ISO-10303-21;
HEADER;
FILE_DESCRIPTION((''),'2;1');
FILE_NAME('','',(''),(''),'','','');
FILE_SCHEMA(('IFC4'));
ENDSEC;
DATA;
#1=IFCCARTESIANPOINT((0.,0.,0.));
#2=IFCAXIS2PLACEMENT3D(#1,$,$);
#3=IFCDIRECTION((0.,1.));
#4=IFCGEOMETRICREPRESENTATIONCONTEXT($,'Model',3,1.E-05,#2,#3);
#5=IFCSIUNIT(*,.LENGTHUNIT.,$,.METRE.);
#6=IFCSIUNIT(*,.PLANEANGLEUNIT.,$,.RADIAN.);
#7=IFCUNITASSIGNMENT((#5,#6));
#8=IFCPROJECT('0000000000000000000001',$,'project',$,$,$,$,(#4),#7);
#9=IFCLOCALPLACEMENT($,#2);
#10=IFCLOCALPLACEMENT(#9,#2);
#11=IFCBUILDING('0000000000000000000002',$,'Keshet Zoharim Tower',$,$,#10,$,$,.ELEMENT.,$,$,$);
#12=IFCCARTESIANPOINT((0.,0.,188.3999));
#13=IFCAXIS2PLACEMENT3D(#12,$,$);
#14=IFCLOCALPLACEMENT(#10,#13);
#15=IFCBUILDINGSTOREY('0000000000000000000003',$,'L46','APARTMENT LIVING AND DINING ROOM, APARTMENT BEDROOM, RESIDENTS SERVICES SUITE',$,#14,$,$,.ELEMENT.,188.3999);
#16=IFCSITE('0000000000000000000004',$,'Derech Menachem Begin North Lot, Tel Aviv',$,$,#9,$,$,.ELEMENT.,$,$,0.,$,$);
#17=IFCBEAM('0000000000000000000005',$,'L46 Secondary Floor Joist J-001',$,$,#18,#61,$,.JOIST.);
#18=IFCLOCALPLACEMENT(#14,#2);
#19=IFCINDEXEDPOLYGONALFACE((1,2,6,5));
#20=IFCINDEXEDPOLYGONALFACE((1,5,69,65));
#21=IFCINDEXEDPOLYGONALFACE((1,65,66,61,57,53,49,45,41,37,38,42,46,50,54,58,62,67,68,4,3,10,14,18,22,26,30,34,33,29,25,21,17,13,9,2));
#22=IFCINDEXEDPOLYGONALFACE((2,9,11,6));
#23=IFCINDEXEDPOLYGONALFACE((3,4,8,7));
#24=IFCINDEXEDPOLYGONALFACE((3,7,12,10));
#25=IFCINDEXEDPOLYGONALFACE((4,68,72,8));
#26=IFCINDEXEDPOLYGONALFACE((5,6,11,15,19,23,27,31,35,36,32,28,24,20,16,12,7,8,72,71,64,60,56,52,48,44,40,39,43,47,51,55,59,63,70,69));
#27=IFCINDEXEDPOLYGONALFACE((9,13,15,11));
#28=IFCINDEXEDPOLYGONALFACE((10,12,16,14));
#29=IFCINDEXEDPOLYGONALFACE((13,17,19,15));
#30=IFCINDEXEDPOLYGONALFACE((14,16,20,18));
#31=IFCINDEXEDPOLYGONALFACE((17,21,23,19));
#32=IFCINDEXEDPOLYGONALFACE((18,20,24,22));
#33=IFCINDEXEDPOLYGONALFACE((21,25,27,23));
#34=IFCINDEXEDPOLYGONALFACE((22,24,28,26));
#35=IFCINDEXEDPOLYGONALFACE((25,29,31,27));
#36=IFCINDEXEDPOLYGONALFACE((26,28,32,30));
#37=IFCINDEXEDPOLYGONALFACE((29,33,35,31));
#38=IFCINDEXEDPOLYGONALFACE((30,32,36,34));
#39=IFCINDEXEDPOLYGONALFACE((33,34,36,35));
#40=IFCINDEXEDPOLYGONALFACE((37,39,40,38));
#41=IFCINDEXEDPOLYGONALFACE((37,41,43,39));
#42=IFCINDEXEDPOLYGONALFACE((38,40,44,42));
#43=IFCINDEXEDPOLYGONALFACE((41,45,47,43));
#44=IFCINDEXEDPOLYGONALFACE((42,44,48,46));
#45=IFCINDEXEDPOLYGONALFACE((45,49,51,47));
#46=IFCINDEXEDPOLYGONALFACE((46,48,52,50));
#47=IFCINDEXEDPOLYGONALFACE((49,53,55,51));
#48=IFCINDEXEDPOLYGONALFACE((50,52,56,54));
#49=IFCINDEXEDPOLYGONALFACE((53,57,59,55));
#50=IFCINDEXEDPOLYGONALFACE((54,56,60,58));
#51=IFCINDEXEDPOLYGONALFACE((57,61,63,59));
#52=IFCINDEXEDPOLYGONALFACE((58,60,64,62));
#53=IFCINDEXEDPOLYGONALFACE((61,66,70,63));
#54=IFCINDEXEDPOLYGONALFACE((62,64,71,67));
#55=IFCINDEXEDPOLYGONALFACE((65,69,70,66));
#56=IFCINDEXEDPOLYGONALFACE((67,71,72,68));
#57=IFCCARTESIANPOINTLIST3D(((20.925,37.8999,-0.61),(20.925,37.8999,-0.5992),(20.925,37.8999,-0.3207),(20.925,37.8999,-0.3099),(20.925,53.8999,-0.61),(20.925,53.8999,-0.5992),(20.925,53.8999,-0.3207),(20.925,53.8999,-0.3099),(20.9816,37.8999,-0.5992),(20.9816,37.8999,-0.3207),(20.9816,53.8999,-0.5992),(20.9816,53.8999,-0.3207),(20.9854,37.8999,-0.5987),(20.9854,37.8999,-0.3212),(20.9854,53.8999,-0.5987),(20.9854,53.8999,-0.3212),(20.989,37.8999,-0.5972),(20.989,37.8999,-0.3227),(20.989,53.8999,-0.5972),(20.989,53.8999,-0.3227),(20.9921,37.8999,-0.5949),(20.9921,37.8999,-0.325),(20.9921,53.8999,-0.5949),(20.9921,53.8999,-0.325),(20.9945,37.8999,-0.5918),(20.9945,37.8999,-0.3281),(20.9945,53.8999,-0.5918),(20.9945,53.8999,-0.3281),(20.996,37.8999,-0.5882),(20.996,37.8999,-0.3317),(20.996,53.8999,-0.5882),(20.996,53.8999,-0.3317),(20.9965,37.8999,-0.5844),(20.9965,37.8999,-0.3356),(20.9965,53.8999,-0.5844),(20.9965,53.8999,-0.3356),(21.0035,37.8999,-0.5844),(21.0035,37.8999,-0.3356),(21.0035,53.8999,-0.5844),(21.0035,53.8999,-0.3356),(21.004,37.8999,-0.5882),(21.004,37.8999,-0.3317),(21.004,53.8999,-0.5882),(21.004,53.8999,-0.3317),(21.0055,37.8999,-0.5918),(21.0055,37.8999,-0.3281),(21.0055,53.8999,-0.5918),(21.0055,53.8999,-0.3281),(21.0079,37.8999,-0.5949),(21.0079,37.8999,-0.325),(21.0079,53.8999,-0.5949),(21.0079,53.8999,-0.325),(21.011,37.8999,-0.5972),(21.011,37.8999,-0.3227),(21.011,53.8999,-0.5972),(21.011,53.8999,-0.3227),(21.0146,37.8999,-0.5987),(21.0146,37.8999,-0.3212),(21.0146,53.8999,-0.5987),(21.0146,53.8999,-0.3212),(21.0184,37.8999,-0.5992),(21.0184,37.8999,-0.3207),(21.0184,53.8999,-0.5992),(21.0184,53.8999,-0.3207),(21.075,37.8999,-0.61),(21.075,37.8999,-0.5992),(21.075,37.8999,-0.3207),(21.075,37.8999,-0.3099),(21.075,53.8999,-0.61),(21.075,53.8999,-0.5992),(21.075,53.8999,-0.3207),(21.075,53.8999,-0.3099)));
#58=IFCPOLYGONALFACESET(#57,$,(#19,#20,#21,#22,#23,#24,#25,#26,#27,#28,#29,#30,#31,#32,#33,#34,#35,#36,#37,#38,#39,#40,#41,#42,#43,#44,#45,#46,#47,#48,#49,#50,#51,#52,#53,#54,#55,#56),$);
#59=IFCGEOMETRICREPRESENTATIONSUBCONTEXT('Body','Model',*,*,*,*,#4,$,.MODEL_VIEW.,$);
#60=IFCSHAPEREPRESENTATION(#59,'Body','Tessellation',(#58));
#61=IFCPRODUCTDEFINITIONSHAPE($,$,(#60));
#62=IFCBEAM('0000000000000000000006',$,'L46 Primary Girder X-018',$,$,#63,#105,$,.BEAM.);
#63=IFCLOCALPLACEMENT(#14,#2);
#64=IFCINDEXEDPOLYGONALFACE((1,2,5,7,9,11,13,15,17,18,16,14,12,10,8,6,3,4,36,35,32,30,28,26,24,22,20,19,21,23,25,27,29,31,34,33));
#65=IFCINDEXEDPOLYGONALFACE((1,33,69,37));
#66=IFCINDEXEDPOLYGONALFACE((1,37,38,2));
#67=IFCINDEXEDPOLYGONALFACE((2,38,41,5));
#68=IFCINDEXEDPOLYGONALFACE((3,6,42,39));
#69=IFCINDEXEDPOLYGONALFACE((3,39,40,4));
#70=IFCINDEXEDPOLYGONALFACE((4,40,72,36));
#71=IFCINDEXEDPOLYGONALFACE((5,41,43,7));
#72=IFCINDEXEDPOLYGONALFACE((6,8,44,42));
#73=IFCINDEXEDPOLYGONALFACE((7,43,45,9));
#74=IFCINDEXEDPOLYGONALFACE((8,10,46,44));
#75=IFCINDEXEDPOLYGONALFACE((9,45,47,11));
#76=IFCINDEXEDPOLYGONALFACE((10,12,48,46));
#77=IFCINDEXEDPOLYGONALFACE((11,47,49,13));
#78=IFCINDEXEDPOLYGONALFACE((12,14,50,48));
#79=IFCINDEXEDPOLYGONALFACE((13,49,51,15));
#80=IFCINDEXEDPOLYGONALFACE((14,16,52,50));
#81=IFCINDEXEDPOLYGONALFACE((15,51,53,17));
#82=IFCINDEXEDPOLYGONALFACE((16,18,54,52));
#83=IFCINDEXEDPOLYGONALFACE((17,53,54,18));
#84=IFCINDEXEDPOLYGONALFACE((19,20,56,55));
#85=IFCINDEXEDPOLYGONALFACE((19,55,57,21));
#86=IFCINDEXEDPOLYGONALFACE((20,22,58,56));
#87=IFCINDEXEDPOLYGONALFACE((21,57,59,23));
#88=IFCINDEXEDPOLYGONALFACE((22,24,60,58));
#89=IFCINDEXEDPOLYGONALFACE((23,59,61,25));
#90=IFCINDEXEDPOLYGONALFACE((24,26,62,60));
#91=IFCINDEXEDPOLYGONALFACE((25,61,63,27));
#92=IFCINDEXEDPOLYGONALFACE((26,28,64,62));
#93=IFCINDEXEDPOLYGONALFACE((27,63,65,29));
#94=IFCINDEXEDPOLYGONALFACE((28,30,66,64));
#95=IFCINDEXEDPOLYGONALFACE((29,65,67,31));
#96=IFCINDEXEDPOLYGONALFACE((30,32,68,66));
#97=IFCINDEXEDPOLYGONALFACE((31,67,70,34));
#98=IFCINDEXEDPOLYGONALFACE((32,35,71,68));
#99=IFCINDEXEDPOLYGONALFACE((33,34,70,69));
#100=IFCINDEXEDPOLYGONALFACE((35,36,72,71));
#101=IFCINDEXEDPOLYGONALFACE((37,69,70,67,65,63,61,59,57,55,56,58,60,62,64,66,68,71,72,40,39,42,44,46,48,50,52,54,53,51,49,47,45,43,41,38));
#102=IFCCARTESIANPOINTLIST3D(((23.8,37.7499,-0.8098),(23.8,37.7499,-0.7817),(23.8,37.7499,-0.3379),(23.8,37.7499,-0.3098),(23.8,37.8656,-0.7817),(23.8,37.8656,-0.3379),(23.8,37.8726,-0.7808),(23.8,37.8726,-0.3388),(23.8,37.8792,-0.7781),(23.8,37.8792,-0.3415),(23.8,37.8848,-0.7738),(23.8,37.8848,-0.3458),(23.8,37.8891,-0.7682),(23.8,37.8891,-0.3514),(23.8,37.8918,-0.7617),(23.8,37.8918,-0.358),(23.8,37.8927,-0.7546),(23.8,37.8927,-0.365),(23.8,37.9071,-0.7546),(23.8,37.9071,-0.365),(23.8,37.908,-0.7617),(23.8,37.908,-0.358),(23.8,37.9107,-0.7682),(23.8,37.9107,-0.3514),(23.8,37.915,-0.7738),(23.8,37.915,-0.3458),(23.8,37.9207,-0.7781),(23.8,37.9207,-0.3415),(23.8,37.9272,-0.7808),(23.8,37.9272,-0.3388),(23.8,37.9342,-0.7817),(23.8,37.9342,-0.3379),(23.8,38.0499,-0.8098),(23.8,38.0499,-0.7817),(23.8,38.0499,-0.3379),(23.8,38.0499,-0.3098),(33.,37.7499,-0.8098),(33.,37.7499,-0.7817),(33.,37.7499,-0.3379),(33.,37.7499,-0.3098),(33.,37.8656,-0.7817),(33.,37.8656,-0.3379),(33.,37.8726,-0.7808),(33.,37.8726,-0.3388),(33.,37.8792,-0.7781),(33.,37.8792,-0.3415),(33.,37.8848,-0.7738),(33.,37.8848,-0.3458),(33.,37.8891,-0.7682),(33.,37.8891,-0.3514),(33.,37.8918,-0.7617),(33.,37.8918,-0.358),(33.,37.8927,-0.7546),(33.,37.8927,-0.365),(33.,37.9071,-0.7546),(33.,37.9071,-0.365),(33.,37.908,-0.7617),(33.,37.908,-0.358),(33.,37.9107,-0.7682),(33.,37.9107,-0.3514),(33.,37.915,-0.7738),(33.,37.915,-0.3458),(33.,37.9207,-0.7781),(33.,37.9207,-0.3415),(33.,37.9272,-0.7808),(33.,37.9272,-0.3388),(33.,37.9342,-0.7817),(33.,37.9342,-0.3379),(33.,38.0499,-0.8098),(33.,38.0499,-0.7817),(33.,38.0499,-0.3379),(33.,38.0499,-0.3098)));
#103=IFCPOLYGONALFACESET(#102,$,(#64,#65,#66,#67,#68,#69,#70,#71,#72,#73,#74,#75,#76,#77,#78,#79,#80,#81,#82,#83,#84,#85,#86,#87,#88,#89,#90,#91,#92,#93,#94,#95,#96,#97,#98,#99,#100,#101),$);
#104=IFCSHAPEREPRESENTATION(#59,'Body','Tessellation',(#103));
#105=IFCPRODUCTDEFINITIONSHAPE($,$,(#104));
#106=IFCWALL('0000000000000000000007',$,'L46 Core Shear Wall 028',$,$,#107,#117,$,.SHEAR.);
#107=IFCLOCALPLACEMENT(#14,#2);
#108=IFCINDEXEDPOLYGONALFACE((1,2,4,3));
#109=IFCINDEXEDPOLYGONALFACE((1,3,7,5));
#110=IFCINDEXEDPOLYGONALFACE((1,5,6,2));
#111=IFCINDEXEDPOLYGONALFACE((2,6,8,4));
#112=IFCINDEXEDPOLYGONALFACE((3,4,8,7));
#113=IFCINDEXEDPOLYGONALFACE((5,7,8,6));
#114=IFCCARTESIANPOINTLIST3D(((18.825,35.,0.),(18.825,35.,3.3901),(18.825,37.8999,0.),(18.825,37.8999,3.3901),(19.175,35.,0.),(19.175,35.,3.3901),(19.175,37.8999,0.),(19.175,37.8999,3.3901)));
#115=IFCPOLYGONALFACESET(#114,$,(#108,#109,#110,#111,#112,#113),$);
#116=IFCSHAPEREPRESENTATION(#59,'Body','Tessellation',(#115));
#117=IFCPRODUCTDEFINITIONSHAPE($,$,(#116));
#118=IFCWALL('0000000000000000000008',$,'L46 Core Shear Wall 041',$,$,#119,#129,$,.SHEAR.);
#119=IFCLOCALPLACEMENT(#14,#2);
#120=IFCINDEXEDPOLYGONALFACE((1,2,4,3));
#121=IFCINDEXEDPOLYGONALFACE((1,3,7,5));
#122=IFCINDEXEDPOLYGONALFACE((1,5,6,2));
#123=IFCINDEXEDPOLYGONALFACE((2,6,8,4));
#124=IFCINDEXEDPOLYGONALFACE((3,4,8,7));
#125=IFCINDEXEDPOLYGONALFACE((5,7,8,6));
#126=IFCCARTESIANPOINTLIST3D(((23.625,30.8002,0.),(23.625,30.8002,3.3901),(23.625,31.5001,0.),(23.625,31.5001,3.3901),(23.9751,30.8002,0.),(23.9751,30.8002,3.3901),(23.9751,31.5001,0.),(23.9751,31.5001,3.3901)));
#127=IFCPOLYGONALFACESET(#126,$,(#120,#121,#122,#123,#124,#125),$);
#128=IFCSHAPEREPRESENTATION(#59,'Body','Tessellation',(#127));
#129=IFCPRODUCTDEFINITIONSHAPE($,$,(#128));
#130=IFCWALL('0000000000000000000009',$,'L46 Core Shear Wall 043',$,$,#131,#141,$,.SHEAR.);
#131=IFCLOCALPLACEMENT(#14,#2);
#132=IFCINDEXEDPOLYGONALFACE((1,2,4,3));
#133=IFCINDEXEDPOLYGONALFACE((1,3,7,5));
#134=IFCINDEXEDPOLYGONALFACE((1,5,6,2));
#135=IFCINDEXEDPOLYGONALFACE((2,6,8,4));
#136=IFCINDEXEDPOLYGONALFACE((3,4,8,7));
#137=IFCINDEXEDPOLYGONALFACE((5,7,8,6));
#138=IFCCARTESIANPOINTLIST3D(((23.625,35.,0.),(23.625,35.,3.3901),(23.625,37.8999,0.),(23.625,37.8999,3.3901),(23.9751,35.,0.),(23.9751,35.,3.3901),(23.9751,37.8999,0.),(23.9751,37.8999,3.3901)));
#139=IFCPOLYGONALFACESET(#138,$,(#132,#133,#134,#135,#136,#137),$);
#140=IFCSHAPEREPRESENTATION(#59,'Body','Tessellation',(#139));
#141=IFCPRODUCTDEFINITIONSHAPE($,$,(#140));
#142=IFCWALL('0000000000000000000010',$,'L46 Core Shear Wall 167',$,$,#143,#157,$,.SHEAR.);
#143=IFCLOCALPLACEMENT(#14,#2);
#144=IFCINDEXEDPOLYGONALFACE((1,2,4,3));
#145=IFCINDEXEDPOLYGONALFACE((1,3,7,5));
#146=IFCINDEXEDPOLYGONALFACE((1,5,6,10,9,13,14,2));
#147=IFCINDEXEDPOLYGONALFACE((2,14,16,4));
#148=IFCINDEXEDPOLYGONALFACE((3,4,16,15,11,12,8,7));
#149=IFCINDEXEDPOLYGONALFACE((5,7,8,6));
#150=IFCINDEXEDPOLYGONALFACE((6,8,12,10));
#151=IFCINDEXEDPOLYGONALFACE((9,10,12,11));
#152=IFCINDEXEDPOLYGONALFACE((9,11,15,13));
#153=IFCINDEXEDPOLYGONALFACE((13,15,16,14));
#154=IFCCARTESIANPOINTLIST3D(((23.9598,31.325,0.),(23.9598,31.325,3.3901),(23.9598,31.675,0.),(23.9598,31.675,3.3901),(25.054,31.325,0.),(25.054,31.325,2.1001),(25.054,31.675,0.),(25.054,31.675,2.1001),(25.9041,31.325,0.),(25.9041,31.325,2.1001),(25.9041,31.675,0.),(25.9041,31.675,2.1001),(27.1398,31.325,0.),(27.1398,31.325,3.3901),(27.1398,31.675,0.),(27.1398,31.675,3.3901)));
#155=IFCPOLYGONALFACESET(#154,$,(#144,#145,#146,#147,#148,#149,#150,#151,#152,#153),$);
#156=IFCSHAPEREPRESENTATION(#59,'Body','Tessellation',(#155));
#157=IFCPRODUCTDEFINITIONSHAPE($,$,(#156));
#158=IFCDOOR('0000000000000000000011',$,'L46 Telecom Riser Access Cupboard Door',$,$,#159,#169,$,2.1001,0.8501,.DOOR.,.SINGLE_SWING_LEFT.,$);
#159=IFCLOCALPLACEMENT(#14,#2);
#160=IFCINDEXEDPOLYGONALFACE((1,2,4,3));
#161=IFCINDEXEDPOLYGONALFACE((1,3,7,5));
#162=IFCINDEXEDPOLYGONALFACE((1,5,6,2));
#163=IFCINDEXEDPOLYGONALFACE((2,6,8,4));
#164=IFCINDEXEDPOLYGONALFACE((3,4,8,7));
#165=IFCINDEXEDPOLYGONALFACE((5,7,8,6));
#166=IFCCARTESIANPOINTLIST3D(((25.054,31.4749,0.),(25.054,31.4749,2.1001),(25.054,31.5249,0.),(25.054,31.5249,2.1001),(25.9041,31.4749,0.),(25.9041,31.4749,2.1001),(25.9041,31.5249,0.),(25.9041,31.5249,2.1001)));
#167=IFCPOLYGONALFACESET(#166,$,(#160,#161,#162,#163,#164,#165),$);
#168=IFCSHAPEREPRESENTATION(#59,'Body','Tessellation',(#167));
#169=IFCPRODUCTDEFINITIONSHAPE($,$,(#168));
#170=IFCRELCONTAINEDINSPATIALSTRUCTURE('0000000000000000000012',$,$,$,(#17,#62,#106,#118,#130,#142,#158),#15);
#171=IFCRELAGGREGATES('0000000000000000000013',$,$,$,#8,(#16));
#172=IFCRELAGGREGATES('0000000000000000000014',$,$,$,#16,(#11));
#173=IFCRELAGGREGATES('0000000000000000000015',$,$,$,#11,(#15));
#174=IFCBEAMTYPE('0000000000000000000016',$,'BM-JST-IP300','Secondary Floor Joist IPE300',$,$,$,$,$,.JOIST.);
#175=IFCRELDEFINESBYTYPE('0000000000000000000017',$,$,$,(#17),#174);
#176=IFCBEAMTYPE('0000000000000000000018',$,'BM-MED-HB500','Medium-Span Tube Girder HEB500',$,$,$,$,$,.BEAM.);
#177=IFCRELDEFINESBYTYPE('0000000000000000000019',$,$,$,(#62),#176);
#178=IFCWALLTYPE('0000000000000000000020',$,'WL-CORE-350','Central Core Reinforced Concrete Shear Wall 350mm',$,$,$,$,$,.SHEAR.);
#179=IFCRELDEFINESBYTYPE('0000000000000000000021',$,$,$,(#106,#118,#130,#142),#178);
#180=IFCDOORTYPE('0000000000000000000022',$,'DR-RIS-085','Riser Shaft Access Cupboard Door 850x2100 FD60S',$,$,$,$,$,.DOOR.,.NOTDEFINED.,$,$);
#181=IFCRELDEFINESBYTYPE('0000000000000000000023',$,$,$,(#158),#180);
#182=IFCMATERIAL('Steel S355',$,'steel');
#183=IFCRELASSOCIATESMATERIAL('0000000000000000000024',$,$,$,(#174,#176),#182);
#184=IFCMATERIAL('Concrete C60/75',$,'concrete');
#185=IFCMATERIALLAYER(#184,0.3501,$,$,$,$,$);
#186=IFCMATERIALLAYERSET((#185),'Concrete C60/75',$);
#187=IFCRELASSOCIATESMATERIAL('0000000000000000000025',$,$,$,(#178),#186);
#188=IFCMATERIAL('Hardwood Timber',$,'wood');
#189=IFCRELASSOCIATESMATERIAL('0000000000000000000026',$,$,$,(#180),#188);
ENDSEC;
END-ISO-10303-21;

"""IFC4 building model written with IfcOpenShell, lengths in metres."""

from ifc_helpers import new_model, si_unit, direction, frame, frame_2d, origin, origin_2d, place, context, subcontext, project, spatial, rectangle, i_section, extrude, material, layer, layer_set, material_profile, profile_set, type_object, element, fill, save


model = new_model("IFC4")

# Units and contexts
model_context = context("Model", 3, precision=1e-05, world=origin(), true_north=direction((0.0, 1.0)))
body_context = subcontext(model_context, "Body", "Model", "MODEL_VIEW")
ifc_project = project(units=[si_unit("LENGTHUNIT", "METRE"), si_unit("PLANEANGLEUNIT", "RADIAN")], contexts=[model_context])

# Site, building, storey
site_placement = place(None, origin())
site = spatial("IfcSite", under=ifc_project, at=site_placement, Name="Derech Menachem Begin North Lot, Tel Aviv", CompositionType="ELEMENT", RefElevation=0.0)
building_placement = place(site_placement, origin())
building = spatial("IfcBuilding", under=site, at=building_placement, Name="Keshet Zoharim Tower", CompositionType="ELEMENT")
storey_placement = place(building_placement, frame((0.0, 0.0, 188.3999)))
storey = spatial("IfcBuildingStorey", under=building, at=storey_placement, Name="L46", Description="APARTMENT LIVING AND DINING ROOM, APARTMENT BEDROOM, RESIDENTS SERVICES SUITE", CompositionType="ELEMENT", Elevation=188.3999)

# Beams
ifc_material_1 = material(Name="Steel S355", Category="steel")
ifc_material_profile_1 = material_profile(ifc_material_1, i_section(OverallWidth=0.1499, OverallDepth=0.3, WebThickness=0.0071, FlangeThickness=0.0107, FilletRadius=0.0149, at=origin_2d()), Name="IPE300")
ifc_profile_set_1 = profile_set([ifc_material_profile_1], Name="Steel S355")
beam_type_1 = type_object("IfcBeamType", Name="BM-JST-IP300", Description="Secondary Floor Joist IPE300", PredefinedType="JOIST", material=ifc_profile_set_1)
beam_1_placement = place(storey_placement, frame((21.0, 37.8999, -0.46), z_axis=(0.0, 1.0, 0.0), x_axis=(-1.0, 0.0, 0.0)))
element("IfcBeam", 1, at=beam_1_placement, inside=storey, type_object=beam_type_1, Name="L46 Secondary Floor Joist J-001", PredefinedType="JOIST", context=body_context, shape_type="SweptSolid", body=[
    extrude(i_section(OverallWidth=0.1499, OverallDepth=0.3, WebThickness=0.0071, FlangeThickness=0.0107, FilletRadius=0.0149, at=origin_2d()), origin(), (0.0, 0.0, 1.0), 16.0),
])
ifc_material_profile_2 = material_profile(ifc_material_1, i_section(OverallWidth=0.3, OverallDepth=0.5, WebThickness=0.0144, FlangeThickness=0.0281, FilletRadius=0.0271, at=origin_2d()), Name="HEB500")
ifc_profile_set_2 = profile_set([ifc_material_profile_2], Name="Steel S355")
beam_type_2 = type_object("IfcBeamType", Name="BM-MED-HB500", Description="Medium-Span Tube Girder HEB500", PredefinedType="BEAM", material=ifc_profile_set_2)
beam_2_placement = place(storey_placement, frame((23.8, 37.8999, -0.5598), z_axis=(1.0, 0.0, 0.0), x_axis=(0.0, 1.0, 0.0)))
element("IfcBeam", 2, at=beam_2_placement, inside=storey, type_object=beam_type_2, Name="L46 Primary Girder X-018", PredefinedType="BEAM", context=body_context, shape_type="SweptSolid", body=[
    extrude(i_section(OverallWidth=0.3, OverallDepth=0.5, WebThickness=0.0144, FlangeThickness=0.0281, FilletRadius=0.0271, at=origin_2d()), origin(), (0.0, 0.0, 1.0), 9.2),
])

# Walls
ifc_material_2 = material(Name="Concrete C60/75", Category="concrete")
ifc_layer_1 = layer(ifc_material_2, 0.3501)
ifc_layer_set_1 = layer_set([ifc_layer_1], Name="Concrete C60/75")
wall_type_1 = type_object("IfcWallType", Name="WL-CORE-350", Description="Central Core Reinforced Concrete Shear Wall 350mm", PredefinedType="SHEAR", material=ifc_layer_set_1)
wall_1_placement = place(storey_placement, frame((19.0, 35.0, 0.0), z_axis=(0.0, 0.0, 1.0), x_axis=(0.0, 1.0, 0.0)))
element("IfcWall", 3, at=wall_1_placement, inside=storey, type_object=wall_type_1, Name="L46 Core Shear Wall 028", PredefinedType="SHEAR", context=body_context, shape_type="SweptSolid", body=[
    extrude(rectangle(XDim=2.8999, YDim=0.3501, at=frame_2d((1.45, 0.0))), origin(), (0.0, 0.0, 1.0), 3.3901),
])
wall_2_placement = place(storey_placement, frame((23.8, 30.8, 0.0), z_axis=(0.0, 0.0, 1.0), x_axis=(0.0, 1.0, 0.0)))
element("IfcWall", 4, at=wall_2_placement, inside=storey, type_object=wall_type_1, Name="L46 Core Shear Wall 041", PredefinedType="SHEAR", context=body_context, shape_type="SweptSolid", body=[
    extrude(rectangle(XDim=0.7, YDim=0.3501, at=frame_2d((0.3501, 0.0))), origin(), (0.0, 0.0, 1.0), 3.3901),
])

# Shared definitions
ifc_material_3 = material(Name="Hardwood Timber", Category="wood")

# Wall
wall_3_placement = place(storey_placement, frame((23.8, 35.0, 0.0), z_axis=(0.0, 0.0, 1.0), x_axis=(0.0, 1.0, 0.0)))
element("IfcWall", 5, at=wall_3_placement, inside=storey, type_object=wall_type_1, Name="L46 Core Shear Wall 043", PredefinedType="SHEAR", context=body_context, shape_type="SweptSolid", body=[
    extrude(rectangle(XDim=2.8999, YDim=0.3501, at=frame_2d((1.45, 0.0))), origin(), (0.0, 0.0, 1.0), 3.3901),
])

# Wall, opening, door
wall_4_placement = place(storey_placement, frame((23.96, 31.5, 0.0), z_axis=(0.0, 0.0, 1.0), x_axis=(1.0, 0.0, 0.0)))
wall_4 = element("IfcWall", 6, at=wall_4_placement, inside=storey, type_object=wall_type_1, Name="L46 Core Shear Wall 167", PredefinedType="SHEAR", context=body_context, shape_type="SweptSolid", body=[
    extrude(rectangle(XDim=3.1799, YDim=0.3501, at=frame_2d((1.5898, 0.0))), origin(), (0.0, 0.0, 1.0), 3.3901),
])
opening_1_placement = place(wall_4_placement, frame((1.094, 0.0, 0.0)))
opening_1 = element("IfcOpeningElement", 7, at=opening_1_placement, cuts=wall_4, PredefinedType="OPENING", context=body_context, shape_type="SweptSolid", body=[
    extrude(rectangle(XDim=0.8501, YDim=2.1001, at=frame_2d((0.425, 1.05))), frame((0.0, 0.1851, 0.0), z_axis=(0.0, -1.0, 0.0), x_axis=(1.0, 0.0, 0.0)), (0.0, 0.0, 1.0), 0.3701),
])
door_type_1 = type_object("IfcDoorType", Name="DR-RIS-085", Description="Riser Shaft Access Cupboard Door 850x2100 FD60S", OperationType="NOTDEFINED", PredefinedType="DOOR", material=ifc_material_3)
door_1_placement = place(opening_1_placement, origin())
door_1 = element("IfcDoor", 8, at=door_1_placement, inside=storey, type_object=door_type_1, Name="L46 Telecom Riser Access Cupboard Door", OperationType="SINGLE_SWING_LEFT", OverallHeight=2.1001, OverallWidth=0.8501, PredefinedType="DOOR", context=body_context, shape_type="SweptSolid", body=[
    extrude(rectangle(XDim=0.8501, YDim=2.1001, at=frame_2d((0.425, 1.05))), frame((0.0, 0.0249, 0.0), z_axis=(0.0, -1.0, 0.0), x_axis=(1.0, 0.0, 0.0)), (0.0, 0.0, 1.0), 0.05),
])
fill(opening_1, door_1)

save(model, "model.ifc")
